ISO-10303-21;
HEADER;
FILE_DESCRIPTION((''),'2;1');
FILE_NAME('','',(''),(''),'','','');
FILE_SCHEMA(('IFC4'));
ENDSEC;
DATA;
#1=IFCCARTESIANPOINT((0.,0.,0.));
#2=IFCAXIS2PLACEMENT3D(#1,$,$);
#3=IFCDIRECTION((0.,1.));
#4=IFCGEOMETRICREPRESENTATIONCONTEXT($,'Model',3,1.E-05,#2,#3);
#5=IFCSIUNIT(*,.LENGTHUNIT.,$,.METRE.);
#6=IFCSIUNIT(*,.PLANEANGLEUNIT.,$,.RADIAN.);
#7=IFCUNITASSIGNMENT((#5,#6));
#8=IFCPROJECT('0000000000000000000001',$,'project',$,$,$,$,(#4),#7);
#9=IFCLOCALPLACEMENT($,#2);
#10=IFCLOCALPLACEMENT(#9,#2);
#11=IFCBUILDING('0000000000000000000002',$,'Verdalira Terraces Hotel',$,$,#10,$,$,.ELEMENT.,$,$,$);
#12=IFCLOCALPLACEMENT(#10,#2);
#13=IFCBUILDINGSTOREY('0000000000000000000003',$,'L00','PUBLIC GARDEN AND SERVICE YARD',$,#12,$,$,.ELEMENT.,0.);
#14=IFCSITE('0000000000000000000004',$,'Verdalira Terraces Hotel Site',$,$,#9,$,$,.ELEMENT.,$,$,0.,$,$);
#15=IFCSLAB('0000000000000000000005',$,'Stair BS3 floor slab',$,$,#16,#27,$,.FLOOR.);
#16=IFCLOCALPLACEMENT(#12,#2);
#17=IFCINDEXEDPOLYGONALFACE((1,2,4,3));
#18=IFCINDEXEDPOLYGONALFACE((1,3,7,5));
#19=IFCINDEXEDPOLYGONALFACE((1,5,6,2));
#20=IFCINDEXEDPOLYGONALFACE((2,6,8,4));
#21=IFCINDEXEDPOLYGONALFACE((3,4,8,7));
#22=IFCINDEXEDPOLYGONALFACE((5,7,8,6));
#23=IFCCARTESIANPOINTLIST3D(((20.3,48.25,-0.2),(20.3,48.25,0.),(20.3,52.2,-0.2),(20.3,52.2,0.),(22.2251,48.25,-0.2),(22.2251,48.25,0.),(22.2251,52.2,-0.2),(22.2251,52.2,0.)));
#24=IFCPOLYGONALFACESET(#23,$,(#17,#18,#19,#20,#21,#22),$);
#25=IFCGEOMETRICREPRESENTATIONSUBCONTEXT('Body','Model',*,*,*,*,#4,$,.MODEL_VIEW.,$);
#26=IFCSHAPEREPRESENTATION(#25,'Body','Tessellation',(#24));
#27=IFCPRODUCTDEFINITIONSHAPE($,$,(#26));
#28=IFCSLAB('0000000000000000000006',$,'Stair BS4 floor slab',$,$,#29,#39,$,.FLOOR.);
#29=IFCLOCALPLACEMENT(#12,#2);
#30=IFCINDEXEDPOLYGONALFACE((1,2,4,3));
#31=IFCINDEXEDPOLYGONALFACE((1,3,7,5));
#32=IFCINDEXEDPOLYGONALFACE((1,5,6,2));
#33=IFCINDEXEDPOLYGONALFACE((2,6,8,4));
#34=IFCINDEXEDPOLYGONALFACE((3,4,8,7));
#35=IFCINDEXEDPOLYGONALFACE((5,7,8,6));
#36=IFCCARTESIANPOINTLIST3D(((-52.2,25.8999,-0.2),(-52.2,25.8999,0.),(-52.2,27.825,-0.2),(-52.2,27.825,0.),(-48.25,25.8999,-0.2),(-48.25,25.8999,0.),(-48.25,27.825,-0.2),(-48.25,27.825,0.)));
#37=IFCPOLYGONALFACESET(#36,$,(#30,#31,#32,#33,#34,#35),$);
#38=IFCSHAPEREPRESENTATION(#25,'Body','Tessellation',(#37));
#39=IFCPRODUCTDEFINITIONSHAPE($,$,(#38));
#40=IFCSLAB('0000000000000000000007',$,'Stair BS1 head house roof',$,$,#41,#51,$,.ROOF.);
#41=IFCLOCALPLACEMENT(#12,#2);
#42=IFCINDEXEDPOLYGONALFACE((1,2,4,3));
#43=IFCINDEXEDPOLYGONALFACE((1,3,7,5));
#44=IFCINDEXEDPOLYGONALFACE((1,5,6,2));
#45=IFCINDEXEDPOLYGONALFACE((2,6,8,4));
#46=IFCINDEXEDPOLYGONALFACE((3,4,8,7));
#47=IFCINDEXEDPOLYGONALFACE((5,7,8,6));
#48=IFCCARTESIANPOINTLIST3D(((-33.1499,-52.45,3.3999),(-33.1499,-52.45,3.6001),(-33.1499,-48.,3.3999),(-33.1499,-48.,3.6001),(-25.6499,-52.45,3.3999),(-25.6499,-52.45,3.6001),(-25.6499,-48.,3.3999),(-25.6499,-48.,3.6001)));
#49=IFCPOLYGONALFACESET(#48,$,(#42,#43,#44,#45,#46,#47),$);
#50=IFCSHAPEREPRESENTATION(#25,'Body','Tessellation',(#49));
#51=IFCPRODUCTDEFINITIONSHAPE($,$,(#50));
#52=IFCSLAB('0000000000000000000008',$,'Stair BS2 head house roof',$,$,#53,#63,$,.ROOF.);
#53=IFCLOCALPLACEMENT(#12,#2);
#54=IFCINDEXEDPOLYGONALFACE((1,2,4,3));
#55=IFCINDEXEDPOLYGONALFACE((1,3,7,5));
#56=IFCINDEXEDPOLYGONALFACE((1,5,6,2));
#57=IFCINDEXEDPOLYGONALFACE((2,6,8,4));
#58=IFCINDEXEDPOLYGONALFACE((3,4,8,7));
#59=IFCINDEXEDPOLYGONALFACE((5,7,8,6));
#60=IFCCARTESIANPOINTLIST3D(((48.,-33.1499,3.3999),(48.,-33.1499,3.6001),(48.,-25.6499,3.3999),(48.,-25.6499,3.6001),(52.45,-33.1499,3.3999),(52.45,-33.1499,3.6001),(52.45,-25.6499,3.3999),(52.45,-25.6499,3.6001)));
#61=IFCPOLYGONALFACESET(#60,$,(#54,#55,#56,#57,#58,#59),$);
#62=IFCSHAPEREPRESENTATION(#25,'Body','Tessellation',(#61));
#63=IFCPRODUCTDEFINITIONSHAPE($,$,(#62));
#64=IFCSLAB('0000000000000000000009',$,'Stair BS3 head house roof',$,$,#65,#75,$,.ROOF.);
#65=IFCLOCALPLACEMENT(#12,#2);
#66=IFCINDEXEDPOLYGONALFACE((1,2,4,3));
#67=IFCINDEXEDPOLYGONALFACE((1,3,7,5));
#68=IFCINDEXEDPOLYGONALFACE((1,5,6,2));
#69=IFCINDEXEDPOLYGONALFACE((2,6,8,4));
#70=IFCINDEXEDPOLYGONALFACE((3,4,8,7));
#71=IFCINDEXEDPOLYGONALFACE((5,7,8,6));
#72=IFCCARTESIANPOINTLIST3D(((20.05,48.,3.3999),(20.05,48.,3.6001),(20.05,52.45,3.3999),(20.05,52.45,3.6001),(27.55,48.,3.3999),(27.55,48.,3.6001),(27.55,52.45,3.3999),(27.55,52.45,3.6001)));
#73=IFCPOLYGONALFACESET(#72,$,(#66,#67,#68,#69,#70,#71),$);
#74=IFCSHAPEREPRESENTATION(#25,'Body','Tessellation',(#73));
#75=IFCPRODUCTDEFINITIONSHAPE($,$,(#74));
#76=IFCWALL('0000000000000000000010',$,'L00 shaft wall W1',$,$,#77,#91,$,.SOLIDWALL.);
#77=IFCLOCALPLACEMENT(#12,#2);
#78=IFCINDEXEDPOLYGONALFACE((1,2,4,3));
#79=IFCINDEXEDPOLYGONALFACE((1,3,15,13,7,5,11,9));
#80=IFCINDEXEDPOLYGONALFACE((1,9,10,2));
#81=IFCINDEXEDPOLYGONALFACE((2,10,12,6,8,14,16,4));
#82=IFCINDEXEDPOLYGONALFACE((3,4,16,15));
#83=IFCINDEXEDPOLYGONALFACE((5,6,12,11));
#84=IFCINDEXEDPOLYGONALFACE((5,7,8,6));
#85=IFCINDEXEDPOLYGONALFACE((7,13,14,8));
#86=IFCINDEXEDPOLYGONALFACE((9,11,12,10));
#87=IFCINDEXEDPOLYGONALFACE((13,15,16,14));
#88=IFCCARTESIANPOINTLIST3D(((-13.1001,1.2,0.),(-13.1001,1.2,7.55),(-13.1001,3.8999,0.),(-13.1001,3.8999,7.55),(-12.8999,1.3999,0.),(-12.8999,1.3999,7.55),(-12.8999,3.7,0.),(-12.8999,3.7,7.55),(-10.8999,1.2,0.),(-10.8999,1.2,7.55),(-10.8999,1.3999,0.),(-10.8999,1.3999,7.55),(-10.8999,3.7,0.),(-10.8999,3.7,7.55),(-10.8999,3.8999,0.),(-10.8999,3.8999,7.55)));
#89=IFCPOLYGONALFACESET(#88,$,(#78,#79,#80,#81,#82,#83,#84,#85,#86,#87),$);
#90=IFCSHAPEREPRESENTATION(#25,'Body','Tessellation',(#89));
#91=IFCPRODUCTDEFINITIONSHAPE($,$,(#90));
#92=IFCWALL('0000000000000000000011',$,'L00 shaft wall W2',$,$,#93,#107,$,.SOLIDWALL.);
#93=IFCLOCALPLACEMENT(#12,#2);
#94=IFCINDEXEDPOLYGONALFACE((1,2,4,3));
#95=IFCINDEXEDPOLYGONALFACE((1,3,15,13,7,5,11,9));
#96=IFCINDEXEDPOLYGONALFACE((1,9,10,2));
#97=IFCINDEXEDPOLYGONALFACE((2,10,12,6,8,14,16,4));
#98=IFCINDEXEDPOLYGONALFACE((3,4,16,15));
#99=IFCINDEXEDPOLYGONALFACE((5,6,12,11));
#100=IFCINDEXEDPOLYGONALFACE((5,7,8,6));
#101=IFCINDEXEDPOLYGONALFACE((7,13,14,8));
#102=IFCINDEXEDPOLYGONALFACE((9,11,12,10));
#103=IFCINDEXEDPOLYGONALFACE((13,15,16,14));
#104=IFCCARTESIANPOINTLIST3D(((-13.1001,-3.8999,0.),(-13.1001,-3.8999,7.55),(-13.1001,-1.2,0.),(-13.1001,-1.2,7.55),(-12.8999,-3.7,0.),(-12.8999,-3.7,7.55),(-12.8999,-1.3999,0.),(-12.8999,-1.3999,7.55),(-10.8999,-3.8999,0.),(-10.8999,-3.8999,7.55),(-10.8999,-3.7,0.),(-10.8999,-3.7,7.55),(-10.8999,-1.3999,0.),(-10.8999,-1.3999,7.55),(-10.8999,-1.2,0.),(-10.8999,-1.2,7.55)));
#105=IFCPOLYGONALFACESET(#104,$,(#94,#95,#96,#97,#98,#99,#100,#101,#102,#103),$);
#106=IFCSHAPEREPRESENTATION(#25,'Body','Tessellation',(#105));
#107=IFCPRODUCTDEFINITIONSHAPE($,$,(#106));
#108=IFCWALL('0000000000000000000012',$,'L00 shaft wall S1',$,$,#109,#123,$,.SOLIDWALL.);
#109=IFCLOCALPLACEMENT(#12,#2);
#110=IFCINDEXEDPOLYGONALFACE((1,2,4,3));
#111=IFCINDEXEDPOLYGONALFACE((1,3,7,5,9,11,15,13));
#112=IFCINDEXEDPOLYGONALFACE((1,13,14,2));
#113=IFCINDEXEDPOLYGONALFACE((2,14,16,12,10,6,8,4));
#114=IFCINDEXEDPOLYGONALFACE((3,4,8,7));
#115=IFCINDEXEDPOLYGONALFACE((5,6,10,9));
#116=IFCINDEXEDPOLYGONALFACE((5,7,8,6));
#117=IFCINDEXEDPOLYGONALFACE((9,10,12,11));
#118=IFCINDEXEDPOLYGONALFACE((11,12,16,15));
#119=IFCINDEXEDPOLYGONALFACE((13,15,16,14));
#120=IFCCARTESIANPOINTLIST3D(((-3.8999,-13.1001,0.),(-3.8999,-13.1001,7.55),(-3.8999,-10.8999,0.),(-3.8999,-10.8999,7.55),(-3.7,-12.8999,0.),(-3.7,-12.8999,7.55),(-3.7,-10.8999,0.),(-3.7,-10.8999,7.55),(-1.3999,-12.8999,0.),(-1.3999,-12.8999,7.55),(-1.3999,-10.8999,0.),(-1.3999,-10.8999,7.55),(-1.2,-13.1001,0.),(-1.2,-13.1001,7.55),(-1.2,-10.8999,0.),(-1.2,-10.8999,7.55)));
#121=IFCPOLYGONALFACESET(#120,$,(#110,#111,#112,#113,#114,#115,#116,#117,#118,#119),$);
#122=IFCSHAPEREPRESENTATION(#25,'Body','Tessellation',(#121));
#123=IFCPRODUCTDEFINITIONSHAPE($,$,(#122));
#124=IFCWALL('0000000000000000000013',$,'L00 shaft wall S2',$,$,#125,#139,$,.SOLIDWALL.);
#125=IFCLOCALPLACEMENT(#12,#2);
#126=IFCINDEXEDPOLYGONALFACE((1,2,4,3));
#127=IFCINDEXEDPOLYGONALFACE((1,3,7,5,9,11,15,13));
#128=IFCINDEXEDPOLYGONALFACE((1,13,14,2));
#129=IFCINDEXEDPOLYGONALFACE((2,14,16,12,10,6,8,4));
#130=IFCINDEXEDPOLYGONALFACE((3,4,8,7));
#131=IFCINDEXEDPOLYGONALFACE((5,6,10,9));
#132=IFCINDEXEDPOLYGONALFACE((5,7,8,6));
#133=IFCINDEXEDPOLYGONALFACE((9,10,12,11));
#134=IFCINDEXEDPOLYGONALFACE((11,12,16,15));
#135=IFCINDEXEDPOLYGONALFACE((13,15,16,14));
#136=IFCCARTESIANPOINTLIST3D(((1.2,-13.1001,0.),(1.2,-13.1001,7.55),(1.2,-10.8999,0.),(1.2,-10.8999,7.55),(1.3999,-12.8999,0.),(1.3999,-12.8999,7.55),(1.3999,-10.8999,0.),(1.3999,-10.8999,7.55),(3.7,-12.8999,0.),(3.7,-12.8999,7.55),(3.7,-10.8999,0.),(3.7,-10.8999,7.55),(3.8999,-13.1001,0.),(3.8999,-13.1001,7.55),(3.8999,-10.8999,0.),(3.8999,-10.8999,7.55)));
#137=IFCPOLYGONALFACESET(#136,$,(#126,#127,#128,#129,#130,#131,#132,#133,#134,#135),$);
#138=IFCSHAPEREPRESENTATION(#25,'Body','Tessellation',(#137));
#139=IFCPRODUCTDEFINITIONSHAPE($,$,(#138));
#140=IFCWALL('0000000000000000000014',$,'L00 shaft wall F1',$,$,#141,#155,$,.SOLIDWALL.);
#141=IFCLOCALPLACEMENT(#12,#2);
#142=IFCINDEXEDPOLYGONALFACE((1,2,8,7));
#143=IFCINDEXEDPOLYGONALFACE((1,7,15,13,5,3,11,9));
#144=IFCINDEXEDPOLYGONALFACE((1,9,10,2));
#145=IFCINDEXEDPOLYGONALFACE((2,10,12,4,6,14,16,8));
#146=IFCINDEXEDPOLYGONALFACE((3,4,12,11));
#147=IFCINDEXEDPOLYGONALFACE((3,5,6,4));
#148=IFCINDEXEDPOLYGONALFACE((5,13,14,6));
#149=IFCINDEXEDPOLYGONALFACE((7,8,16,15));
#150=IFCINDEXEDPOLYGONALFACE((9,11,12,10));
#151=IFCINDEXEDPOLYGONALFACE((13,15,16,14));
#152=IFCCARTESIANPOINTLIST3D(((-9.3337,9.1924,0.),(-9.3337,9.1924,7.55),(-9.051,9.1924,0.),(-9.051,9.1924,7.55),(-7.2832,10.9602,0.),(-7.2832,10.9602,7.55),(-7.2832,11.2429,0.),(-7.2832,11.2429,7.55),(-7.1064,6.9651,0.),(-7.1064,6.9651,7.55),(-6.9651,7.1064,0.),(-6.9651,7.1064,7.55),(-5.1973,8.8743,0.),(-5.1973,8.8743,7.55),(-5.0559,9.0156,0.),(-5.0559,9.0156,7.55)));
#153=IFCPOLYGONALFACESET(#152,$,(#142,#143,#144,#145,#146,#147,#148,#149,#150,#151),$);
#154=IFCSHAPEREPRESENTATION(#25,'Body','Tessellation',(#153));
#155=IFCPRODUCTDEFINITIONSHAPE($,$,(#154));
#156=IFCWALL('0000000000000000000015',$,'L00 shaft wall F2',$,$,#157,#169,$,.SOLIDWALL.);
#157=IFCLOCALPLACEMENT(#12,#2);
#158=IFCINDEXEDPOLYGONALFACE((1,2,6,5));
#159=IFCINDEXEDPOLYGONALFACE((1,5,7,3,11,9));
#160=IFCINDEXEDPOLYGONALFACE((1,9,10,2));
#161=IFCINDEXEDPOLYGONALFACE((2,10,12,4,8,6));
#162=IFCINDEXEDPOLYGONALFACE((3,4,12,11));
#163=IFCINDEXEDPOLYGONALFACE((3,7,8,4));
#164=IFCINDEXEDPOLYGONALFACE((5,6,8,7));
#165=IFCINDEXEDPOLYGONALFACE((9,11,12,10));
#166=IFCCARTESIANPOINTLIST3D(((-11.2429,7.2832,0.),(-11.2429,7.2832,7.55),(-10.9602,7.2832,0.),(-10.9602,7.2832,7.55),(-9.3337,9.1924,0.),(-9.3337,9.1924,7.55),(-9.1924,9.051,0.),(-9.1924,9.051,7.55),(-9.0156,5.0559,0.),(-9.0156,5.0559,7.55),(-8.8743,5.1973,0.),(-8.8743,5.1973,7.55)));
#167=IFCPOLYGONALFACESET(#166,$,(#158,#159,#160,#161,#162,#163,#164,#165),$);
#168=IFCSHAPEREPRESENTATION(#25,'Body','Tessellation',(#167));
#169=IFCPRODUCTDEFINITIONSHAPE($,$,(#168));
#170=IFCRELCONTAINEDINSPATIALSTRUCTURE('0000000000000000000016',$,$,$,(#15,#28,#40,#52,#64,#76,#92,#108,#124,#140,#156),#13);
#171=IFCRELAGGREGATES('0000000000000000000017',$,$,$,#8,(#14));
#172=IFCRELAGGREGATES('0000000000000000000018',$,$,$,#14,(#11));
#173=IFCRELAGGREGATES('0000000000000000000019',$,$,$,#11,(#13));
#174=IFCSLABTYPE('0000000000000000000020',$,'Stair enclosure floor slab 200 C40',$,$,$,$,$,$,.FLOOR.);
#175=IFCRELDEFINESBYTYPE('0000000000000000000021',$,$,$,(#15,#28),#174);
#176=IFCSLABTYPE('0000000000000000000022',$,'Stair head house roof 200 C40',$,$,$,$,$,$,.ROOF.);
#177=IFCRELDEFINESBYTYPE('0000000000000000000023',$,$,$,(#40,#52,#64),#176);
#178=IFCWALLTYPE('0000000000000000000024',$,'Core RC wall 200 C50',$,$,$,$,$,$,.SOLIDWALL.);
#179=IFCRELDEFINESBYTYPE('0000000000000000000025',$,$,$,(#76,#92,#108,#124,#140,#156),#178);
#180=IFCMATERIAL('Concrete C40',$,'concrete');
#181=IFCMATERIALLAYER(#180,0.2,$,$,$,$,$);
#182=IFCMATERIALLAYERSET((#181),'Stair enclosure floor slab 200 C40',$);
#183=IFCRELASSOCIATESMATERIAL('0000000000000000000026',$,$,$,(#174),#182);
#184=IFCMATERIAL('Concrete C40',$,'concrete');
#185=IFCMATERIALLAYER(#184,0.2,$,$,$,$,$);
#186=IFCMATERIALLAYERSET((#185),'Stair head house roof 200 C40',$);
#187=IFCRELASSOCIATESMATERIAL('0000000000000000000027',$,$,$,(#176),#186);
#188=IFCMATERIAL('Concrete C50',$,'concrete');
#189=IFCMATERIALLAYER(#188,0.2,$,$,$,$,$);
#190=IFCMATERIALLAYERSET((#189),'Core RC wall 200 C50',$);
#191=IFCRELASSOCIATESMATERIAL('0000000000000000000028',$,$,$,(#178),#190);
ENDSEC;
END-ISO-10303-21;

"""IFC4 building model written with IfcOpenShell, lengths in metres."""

from ifc_helpers import new_model, si_unit, direction, frame, origin, place, context, subcontext, project, spatial, polyline, outline, extrude, material, layer, layer_set, type_object, element, save


model = new_model("IFC4")

# Units and contexts
model_context = context("Model", 3, precision=1e-05, world=origin(), true_north=direction((0.0, 1.0)))
body_context = subcontext(model_context, "Body", "Model", "MODEL_VIEW")
ifc_project = project(units=[si_unit("LENGTHUNIT", "METRE"), si_unit("PLANEANGLEUNIT", "RADIAN")], contexts=[model_context])

# Site, building, storey
site_placement = place(None, origin())
site = spatial("IfcSite", under=ifc_project, at=site_placement, Name="Verdalira Terraces Hotel Site", CompositionType="ELEMENT", RefElevation=0.0)
building_placement = place(site_placement, origin())
building = spatial("IfcBuilding", under=site, at=building_placement, Name="Verdalira Terraces Hotel", CompositionType="ELEMENT")
storey_placement = place(building_placement, origin())
storey = spatial("IfcBuildingStorey", under=building, at=storey_placement, Name="L00", Description="PUBLIC GARDEN AND SERVICE YARD", CompositionType="ELEMENT", Elevation=0.0)

# Slabs
ifc_material_1 = material(Name="Concrete C40", Category="concrete")
ifc_layer_1 = layer(ifc_material_1, 0.2)
ifc_layer_set_1 = layer_set([ifc_layer_1], Name="Stair enclosure floor slab 200 C40")
slab_type_1 = type_object("IfcSlabType", Name="Stair enclosure floor slab 200 C40", PredefinedType="FLOOR", material=ifc_layer_set_1)
slab_1_placement = place(storey_placement, frame((0.0, 0.0, -0.2)))
element("IfcSlab", 1, at=slab_1_placement, inside=storey, type_object=slab_type_1, Name="Stair BS3 floor slab", PredefinedType="FLOOR", context=body_context, shape_type="SweptSolid", body=[
    extrude(outline(polyline([(20.3, 52.2), (22.2251, 52.2), (22.2251, 48.25), (20.3, 48.25), (20.3, 52.2)])), origin(), (0.0, 0.0, 1.0), 0.2),
])
slab_2_placement = place(storey_placement, frame((0.0, 0.0, -0.2)))
element("IfcSlab", 2, at=slab_2_placement, inside=storey, type_object=slab_type_1, Name="Stair BS4 floor slab", PredefinedType="FLOOR", context=body_context, shape_type="SweptSolid", body=[
    extrude(outline(polyline([(-52.2, 27.825), (-48.25, 27.825), (-48.25, 25.8999), (-52.2, 25.8999), (-52.2, 27.825)])), origin(), (0.0, 0.0, 1.0), 0.2),
])
ifc_material_2 = material(Name="Concrete C40", Category="concrete")
ifc_layer_2 = layer(ifc_material_2, 0.2)
ifc_layer_set_2 = layer_set([ifc_layer_2], Name="Stair head house roof 200 C40")
slab_type_2 = type_object("IfcSlabType", Name="Stair head house roof 200 C40", PredefinedType="ROOF", material=ifc_layer_set_2)
slab_3_placement = place(storey_placement, frame((0.0, 0.0, 3.3999)))
element("IfcSlab", 3, at=slab_3_placement, inside=storey, type_object=slab_type_2, Name="Stair BS1 head house roof", PredefinedType="ROOF", context=body_context, shape_type="SweptSolid", body=[
    extrude(outline(polyline([(-33.1499, -52.45), (-33.1499, -48.0), (-25.6499, -48.0), (-25.6499, -52.45), (-33.1499, -52.45)])), origin(), (0.0, 0.0, 1.0), 0.2002),
])
slab_4_placement = place(storey_placement, frame((0.0, 0.0, 3.3999)))
element("IfcSlab", 4, at=slab_4_placement, inside=storey, type_object=slab_type_2, Name="Stair BS2 head house roof", PredefinedType="ROOF", context=body_context, shape_type="SweptSolid", body=[
    extrude(outline(polyline([(48.0, -33.1499), (48.0, -25.6499), (52.45, -25.6499), (52.45, -33.1499), (48.0, -33.1499)])), origin(), (0.0, 0.0, 1.0), 0.2002),
])
slab_5_placement = place(storey_placement, frame((0.0, 0.0, 3.3999)))
element("IfcSlab", 5, at=slab_5_placement, inside=storey, type_object=slab_type_2, Name="Stair BS3 head house roof", PredefinedType="ROOF", context=body_context, shape_type="SweptSolid", body=[
    extrude(outline(polyline([(20.05, 48.0), (20.05, 52.45), (27.55, 52.45), (27.55, 48.0), (20.05, 48.0)])), origin(), (0.0, 0.0, 1.0), 0.2002),
])

# Walls
ifc_material_3 = material(Name="Concrete C50", Category="concrete")
ifc_layer_3 = layer(ifc_material_3, 0.2)
ifc_layer_set_3 = layer_set([ifc_layer_3], Name="Core RC wall 200 C50")
wall_type = type_object("IfcWallType", Name="Core RC wall 200 C50", PredefinedType="SOLIDWALL", material=ifc_layer_set_3)
wall_1_placement = place(storey_placement, origin())
element("IfcWall", 6, at=wall_1_placement, inside=storey, type_object=wall_type, Name="L00 shaft wall W1", PredefinedType="SOLIDWALL", context=body_context, shape_type="SweptSolid", body=[
    extrude(outline(polyline([(-13.1001, 3.8999), (-10.8999, 3.8999), (-10.8999, 3.7), (-12.8999, 3.7), (-12.8999, 1.3999), (-10.8999, 1.3999), (-10.8999, 1.2), (-13.1001, 1.2), (-13.1001, 3.8999)])), origin(), (0.0, 0.0, 1.0), 7.55),
])
wall_2_placement = place(storey_placement, origin())
element("IfcWall", 7, at=wall_2_placement, inside=storey, type_object=wall_type, Name="L00 shaft wall W2", PredefinedType="SOLIDWALL", context=body_context, shape_type="SweptSolid", body=[
    extrude(outline(polyline([(-13.1001, -3.8999), (-13.1001, -1.2), (-10.8999, -1.2), (-10.8999, -1.3999), (-12.8999, -1.3999), (-12.8999, -3.7), (-10.8999, -3.7), (-10.8999, -3.8999), (-13.1001, -3.8999)])), origin(), (0.0, 0.0, 1.0), 7.55),
])
wall_3_placement = place(storey_placement, origin())
element("IfcWall", 8, at=wall_3_placement, inside=storey, type_object=wall_type, Name="L00 shaft wall S1", PredefinedType="SOLIDWALL", context=body_context, shape_type="SweptSolid", body=[
    extrude(outline(polyline([(-3.8999, -13.1001), (-3.8999, -10.8999), (-3.7, -10.8999), (-3.7, -12.8999), (-1.3999, -12.8999), (-1.3999, -10.8999), (-1.2, -10.8999), (-1.2, -13.1001), (-3.8999, -13.1001)])), origin(), (0.0, 0.0, 1.0), 7.55),
])
wall_4_placement = place(storey_placement, origin())
element("IfcWall", 9, at=wall_4_placement, inside=storey, type_object=wall_type, Name="L00 shaft wall S2", PredefinedType="SOLIDWALL", context=body_context, shape_type="SweptSolid", body=[
    extrude(outline(polyline([(1.2, -10.8999), (1.3999, -10.8999), (1.3999, -12.8999), (3.7, -12.8999), (3.7, -10.8999), (3.8999, -10.8999), (3.8999, -13.1001), (1.2, -13.1001), (1.2, -10.8999)])), origin(), (0.0, 0.0, 1.0), 7.55),
])
wall_5_placement = place(storey_placement, origin())
element("IfcWall", 10, at=wall_5_placement, inside=storey, type_object=wall_type, Name="L00 shaft wall F1", PredefinedType="SOLIDWALL", context=body_context, shape_type="SweptSolid", body=[
    extrude(outline(polyline([(-9.3337, 9.1924), (-7.2832, 11.2429), (-5.0559, 9.0156), (-5.1973, 8.8743), (-7.2832, 10.9602), (-9.051, 9.1924), (-6.9651, 7.1064), (-7.1064, 6.9651), (-9.3337, 9.1924)])), origin(), (0.0, 0.0, 1.0), 7.55),
])
wall_6_placement = place(storey_placement, origin())
element("IfcWall", 11, at=wall_6_placement, inside=storey, type_object=wall_type, Name="L00 shaft wall F2", PredefinedType="SOLIDWALL", context=body_context, shape_type="SweptSolid", body=[
    extrude(outline(polyline([(-11.2429, 7.2832), (-9.3337, 9.1924), (-9.1924, 9.051), (-10.9602, 7.2832), (-8.8743, 5.1973), (-9.0156, 5.0559), (-11.2429, 7.2832)])), origin(), (0.0, 0.0, 1.0), 7.55),
])

save(model, "model.ifc")
